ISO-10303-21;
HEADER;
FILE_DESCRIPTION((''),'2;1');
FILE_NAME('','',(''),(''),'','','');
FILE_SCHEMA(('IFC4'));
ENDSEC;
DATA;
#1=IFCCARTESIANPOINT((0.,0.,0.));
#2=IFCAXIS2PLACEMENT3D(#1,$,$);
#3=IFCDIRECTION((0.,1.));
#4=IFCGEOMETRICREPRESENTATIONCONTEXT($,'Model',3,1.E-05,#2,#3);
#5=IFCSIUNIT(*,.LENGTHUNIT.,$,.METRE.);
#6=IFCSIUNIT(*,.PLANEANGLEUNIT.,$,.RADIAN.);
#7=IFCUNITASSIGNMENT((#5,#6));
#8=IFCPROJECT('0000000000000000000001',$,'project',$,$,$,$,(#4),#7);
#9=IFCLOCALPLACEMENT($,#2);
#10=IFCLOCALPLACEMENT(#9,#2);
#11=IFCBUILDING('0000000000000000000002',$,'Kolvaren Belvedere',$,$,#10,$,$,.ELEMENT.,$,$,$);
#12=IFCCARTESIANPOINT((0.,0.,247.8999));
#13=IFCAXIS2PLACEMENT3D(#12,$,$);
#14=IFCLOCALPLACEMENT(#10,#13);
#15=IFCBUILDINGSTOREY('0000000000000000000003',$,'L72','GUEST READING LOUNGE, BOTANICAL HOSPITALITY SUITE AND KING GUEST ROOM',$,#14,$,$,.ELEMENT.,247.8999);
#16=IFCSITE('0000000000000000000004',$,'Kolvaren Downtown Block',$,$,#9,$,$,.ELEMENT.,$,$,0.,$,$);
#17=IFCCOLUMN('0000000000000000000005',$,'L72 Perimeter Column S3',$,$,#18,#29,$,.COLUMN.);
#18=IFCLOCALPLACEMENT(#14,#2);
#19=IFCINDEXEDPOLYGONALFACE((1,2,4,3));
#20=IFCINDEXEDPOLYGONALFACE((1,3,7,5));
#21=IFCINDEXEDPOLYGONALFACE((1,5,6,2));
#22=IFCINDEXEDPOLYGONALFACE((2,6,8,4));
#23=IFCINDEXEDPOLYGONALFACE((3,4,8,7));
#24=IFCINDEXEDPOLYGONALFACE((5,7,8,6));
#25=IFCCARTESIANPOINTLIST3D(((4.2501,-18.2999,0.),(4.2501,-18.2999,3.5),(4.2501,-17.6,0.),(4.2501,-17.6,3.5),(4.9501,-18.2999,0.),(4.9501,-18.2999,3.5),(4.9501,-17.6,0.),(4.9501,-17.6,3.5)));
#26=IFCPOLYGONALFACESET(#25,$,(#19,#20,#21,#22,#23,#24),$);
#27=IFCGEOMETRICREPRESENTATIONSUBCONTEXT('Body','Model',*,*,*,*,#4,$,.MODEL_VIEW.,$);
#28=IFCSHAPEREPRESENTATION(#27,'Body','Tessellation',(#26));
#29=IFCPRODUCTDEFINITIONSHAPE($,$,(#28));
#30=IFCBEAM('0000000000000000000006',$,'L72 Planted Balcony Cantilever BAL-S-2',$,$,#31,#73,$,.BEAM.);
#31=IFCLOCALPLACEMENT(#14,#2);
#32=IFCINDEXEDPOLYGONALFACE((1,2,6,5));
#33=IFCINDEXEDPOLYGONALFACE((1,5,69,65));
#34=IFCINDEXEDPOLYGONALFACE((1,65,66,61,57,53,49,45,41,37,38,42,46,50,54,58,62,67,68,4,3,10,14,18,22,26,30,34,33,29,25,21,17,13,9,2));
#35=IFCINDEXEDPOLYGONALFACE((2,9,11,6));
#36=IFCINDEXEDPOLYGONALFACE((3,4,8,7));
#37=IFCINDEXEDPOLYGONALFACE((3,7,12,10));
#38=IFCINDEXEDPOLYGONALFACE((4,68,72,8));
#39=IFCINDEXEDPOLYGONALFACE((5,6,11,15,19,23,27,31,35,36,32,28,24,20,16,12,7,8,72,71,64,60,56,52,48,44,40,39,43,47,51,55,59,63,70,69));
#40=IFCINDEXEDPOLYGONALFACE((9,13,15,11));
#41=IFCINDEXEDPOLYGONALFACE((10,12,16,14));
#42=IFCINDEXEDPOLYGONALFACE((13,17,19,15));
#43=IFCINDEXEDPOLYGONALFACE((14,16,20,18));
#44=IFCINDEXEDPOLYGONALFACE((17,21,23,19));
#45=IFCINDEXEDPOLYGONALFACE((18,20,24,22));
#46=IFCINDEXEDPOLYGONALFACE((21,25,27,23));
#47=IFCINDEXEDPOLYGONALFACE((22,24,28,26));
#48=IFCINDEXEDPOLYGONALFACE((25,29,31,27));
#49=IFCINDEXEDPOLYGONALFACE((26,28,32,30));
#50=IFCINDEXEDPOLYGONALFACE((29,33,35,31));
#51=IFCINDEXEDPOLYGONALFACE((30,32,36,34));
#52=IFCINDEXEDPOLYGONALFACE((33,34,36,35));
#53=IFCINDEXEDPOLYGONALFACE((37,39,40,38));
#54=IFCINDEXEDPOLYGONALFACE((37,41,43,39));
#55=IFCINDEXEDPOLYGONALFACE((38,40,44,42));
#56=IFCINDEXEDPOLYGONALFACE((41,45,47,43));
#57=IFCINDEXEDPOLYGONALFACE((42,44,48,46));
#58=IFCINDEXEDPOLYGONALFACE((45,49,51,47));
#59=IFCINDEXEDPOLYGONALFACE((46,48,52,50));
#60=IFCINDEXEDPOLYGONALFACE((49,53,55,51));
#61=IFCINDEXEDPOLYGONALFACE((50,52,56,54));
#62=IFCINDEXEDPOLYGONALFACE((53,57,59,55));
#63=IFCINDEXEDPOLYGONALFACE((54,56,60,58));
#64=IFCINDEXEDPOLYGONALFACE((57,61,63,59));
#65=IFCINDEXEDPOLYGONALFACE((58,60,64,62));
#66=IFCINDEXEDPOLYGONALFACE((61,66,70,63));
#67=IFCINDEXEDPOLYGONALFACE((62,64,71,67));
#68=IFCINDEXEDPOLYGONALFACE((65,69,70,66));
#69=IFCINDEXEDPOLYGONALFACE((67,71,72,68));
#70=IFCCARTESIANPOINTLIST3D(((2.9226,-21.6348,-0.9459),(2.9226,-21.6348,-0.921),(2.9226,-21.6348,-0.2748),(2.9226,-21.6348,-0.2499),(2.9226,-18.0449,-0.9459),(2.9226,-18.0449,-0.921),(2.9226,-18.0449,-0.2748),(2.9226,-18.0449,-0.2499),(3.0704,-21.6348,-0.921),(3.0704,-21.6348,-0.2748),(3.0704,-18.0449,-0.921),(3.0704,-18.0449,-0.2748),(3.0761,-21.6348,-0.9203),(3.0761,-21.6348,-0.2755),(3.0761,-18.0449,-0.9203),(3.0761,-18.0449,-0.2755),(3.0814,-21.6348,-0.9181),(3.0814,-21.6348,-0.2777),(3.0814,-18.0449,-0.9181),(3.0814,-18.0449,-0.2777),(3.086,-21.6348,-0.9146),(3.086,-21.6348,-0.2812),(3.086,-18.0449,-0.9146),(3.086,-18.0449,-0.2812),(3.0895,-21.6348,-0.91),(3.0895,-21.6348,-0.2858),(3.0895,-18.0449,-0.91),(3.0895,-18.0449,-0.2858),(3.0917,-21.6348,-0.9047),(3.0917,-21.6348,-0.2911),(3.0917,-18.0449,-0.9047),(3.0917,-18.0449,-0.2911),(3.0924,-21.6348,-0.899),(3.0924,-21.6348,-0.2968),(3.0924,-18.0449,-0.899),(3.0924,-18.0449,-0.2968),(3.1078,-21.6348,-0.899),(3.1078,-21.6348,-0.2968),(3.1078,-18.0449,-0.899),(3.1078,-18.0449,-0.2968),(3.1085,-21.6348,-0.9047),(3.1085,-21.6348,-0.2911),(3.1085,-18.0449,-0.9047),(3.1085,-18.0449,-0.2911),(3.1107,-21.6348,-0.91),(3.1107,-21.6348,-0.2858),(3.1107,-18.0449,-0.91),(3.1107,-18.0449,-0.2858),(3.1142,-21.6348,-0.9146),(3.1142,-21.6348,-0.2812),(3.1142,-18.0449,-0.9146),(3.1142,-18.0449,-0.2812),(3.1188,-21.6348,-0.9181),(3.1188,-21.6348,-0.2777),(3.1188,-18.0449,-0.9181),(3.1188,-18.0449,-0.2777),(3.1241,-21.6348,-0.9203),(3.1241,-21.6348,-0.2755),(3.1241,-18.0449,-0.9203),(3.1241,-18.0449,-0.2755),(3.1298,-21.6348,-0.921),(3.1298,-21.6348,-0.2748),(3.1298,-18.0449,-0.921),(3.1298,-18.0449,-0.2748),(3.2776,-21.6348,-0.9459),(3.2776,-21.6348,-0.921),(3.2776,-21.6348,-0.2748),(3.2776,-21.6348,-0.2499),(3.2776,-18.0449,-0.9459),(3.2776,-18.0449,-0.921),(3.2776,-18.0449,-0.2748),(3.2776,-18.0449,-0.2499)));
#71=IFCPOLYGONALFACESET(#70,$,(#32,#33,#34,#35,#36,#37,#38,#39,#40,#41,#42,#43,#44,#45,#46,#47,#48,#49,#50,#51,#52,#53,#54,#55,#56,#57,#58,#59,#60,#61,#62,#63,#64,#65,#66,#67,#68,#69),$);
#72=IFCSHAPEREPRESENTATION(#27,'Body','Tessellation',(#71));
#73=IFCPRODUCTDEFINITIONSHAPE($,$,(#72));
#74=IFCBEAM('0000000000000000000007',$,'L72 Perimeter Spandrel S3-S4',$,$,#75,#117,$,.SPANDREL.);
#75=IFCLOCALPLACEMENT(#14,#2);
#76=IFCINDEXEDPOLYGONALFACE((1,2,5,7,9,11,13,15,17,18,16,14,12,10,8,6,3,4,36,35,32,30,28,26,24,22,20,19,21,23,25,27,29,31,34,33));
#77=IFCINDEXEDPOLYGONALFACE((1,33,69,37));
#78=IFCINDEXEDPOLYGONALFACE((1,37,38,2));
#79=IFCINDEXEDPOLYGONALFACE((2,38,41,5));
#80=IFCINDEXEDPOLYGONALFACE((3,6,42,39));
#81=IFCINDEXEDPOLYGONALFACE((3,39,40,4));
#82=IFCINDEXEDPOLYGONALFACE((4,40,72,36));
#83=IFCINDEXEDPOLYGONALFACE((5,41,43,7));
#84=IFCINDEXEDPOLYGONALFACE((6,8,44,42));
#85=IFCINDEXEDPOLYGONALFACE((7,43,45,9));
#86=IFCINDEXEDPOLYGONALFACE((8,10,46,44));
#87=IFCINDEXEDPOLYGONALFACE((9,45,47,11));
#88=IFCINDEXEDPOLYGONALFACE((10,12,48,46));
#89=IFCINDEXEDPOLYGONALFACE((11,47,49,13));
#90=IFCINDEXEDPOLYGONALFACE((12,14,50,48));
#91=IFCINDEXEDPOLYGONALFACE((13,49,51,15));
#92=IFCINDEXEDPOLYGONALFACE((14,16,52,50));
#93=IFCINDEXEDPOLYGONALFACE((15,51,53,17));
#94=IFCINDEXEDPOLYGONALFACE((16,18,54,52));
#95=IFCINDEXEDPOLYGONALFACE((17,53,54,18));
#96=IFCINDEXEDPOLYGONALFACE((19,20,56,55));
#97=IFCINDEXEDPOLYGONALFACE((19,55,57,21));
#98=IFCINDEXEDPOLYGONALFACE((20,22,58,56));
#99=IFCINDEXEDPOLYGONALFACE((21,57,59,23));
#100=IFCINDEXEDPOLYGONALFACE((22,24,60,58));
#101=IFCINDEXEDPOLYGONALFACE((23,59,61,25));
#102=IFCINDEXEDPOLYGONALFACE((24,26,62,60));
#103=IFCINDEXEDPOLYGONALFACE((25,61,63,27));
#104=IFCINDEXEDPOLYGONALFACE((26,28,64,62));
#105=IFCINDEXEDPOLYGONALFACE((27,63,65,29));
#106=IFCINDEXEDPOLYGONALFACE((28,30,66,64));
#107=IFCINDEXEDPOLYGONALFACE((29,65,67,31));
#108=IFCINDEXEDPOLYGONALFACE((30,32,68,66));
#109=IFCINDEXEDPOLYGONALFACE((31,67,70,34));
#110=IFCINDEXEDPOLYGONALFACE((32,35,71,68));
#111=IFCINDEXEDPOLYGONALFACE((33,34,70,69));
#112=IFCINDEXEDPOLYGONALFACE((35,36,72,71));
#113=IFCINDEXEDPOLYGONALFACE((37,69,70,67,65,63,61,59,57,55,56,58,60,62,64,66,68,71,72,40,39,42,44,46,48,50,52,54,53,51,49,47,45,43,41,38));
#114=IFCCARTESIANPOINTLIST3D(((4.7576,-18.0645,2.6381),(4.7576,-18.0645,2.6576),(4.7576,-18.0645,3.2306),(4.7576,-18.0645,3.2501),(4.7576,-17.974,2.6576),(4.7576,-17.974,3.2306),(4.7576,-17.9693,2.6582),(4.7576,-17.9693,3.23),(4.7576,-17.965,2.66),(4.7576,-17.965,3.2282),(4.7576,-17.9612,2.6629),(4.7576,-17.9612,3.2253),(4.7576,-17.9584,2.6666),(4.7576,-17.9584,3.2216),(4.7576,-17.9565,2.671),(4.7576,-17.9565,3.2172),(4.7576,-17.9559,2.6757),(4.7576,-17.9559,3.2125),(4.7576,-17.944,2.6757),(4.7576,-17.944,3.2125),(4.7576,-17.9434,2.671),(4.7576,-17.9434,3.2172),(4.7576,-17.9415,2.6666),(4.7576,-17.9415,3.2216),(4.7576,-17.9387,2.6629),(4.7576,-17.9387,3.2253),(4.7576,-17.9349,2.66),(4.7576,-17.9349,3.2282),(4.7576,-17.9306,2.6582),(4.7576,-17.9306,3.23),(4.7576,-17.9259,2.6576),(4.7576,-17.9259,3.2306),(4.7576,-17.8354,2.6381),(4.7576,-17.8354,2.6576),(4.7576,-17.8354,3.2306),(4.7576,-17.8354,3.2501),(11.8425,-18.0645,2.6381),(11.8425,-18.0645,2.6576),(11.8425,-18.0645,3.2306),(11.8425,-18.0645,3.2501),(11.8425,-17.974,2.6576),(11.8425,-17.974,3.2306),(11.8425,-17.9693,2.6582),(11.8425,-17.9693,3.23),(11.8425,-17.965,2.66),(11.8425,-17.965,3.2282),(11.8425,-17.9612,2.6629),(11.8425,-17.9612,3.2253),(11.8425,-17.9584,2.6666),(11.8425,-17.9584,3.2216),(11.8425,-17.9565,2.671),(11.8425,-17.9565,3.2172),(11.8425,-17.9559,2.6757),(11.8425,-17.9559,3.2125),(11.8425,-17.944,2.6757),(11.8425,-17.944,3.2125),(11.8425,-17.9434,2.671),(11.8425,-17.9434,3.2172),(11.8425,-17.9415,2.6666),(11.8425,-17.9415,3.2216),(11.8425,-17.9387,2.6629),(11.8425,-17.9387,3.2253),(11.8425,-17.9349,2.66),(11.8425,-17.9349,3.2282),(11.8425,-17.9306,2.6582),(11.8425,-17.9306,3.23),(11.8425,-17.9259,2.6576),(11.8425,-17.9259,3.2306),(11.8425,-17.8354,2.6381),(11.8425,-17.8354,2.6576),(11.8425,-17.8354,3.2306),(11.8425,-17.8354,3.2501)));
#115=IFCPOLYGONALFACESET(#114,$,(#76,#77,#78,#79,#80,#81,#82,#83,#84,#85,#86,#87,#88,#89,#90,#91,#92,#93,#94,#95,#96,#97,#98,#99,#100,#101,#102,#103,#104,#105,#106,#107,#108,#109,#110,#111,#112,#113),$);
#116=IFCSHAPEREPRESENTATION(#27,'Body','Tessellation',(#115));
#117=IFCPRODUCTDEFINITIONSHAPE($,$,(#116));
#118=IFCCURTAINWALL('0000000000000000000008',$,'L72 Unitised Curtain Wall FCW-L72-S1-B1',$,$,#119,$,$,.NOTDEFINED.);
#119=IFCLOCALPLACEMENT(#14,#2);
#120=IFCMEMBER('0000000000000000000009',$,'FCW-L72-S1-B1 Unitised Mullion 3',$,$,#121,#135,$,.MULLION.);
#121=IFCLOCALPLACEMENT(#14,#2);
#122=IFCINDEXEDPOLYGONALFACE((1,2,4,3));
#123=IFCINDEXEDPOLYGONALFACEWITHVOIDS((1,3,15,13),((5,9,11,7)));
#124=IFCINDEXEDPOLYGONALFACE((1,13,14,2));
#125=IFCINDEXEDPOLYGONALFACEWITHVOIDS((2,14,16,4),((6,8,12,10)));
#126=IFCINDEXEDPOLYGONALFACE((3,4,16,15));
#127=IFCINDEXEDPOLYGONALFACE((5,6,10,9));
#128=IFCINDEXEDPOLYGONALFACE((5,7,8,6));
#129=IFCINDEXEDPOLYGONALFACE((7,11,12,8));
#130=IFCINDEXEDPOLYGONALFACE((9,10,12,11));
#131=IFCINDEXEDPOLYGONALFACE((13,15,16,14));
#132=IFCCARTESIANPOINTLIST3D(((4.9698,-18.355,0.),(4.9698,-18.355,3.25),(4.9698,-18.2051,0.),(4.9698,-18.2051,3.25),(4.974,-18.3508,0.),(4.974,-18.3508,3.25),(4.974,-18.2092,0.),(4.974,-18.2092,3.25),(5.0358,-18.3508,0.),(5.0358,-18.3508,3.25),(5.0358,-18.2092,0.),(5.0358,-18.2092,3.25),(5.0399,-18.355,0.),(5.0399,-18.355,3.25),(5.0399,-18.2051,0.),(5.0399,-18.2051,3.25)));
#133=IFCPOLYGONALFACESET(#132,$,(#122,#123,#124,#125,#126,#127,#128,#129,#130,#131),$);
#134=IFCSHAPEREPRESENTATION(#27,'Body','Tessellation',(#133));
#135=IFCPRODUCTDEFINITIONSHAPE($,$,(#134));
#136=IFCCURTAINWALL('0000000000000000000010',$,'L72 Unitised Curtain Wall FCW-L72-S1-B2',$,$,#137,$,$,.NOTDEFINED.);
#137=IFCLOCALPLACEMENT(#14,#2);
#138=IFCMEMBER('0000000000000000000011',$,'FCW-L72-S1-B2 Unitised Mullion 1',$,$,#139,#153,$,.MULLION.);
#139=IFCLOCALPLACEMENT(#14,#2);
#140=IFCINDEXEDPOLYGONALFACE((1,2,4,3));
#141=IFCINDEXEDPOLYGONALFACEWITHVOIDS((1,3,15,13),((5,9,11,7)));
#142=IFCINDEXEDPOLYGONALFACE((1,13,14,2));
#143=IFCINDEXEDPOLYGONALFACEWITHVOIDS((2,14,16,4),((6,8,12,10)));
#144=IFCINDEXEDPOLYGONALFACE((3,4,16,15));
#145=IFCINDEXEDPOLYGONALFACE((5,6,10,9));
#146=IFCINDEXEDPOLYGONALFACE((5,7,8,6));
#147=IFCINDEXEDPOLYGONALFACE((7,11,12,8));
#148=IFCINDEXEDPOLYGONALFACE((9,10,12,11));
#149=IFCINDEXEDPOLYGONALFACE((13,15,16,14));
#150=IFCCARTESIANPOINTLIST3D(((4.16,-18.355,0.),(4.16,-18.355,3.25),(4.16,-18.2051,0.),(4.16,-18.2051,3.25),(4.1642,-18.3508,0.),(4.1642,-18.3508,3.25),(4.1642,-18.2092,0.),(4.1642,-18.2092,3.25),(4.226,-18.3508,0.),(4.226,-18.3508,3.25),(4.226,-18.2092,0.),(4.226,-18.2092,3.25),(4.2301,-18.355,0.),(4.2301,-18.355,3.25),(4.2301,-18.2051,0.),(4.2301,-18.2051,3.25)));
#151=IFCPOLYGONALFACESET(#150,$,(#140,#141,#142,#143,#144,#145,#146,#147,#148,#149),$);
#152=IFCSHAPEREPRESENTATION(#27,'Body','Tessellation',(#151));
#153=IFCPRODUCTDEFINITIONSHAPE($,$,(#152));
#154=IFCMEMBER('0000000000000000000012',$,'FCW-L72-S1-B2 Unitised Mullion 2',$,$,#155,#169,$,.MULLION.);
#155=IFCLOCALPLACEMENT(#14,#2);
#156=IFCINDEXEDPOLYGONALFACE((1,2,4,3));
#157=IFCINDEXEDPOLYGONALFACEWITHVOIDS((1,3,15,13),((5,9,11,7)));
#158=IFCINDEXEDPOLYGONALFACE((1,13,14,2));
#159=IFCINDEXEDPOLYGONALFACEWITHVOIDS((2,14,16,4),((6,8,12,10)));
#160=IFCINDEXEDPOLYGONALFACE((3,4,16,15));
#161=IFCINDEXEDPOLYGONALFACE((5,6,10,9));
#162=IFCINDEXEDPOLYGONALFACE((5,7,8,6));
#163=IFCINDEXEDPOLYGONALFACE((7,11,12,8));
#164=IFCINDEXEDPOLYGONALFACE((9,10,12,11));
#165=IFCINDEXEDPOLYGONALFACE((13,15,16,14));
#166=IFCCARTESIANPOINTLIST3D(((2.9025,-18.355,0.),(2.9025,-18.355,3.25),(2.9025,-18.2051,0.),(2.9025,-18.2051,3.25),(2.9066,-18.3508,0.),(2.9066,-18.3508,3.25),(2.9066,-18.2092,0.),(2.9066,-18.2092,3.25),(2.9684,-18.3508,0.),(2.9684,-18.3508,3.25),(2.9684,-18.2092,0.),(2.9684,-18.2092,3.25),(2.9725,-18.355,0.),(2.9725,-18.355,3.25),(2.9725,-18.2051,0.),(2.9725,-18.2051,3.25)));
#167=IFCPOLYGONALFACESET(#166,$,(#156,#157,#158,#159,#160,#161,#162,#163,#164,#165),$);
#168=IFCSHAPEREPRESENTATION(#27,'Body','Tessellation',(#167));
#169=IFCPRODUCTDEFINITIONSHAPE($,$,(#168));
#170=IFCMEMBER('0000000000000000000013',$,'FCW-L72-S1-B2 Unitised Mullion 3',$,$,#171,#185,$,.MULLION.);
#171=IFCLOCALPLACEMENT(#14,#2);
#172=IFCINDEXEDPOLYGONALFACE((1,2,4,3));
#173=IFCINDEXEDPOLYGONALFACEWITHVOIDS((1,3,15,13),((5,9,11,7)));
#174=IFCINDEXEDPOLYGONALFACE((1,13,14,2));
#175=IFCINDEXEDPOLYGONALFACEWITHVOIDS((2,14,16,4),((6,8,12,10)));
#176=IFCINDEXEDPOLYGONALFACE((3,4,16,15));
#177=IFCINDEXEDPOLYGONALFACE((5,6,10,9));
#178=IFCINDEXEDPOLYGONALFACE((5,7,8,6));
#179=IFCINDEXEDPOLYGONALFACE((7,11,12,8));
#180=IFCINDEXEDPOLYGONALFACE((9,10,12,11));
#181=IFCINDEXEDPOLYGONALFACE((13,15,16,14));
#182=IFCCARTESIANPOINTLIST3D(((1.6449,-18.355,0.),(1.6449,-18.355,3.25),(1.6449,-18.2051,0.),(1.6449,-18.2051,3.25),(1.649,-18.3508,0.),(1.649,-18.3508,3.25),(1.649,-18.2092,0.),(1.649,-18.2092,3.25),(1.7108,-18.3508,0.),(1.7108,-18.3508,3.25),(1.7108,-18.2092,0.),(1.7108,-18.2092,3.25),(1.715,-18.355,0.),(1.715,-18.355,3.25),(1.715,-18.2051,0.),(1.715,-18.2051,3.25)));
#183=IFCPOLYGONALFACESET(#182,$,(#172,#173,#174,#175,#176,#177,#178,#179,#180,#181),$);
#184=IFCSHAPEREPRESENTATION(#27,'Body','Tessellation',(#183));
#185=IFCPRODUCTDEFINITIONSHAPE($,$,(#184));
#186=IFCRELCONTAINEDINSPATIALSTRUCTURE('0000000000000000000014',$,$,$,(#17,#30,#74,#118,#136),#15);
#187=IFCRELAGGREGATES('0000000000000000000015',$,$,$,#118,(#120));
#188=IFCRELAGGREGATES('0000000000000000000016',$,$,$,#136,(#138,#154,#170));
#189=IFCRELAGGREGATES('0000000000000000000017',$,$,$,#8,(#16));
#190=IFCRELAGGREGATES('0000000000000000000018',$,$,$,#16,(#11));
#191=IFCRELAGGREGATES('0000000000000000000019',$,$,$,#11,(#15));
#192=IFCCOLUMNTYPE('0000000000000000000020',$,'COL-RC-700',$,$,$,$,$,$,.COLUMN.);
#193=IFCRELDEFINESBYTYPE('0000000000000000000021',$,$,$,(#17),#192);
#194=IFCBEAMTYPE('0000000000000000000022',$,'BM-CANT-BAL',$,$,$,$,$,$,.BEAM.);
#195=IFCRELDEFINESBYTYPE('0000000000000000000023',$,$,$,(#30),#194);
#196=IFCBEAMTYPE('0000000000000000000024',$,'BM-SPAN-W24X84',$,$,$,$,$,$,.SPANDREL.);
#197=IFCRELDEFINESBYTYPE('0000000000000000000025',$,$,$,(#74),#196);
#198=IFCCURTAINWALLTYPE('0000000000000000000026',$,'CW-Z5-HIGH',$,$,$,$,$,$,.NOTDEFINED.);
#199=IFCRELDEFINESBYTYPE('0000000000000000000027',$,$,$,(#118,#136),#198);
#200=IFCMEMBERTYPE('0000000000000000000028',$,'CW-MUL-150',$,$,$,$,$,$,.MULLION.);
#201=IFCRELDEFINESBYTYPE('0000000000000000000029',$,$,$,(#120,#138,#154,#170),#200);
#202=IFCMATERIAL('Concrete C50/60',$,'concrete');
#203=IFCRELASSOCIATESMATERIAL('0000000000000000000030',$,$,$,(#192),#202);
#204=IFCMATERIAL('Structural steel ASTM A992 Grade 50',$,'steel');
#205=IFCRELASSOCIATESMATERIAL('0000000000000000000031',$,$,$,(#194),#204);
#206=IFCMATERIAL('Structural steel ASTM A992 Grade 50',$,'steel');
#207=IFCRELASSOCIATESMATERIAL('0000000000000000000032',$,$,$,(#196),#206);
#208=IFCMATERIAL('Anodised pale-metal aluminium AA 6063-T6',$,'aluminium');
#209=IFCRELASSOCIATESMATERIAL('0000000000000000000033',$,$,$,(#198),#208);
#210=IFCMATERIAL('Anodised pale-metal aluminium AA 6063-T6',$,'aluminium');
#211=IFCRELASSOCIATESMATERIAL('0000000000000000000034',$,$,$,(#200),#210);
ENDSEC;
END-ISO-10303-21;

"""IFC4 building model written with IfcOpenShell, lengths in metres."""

from ifc_helpers import new_model, si_unit, direction, frame, origin, origin_2d, place, context, subcontext, project, spatial, rectangle, hollow_rectangle, i_section, extrude, material, material_profile, profile_set, type_object, element, aggregate, save


model = new_model("IFC4")

# Units and contexts
model_context = context("Model", 3, precision=1e-05, world=origin(), true_north=direction((0.0, 1.0)))
body_context = subcontext(model_context, "Body", "Model", "MODEL_VIEW")
ifc_project = project(units=[si_unit("LENGTHUNIT", "METRE"), si_unit("PLANEANGLEUNIT", "RADIAN")], contexts=[model_context])

# Site, building, storey
site_placement = place(None, origin())
site = spatial("IfcSite", under=ifc_project, at=site_placement, Name="Kolvaren Downtown Block", CompositionType="ELEMENT", RefElevation=0.0)
building_placement = place(site_placement, origin())
building = spatial("IfcBuilding", under=site, at=building_placement, Name="Kolvaren Belvedere", CompositionType="ELEMENT")
storey_placement = place(building_placement, frame((0.0, 0.0, 247.8999)))
storey = spatial("IfcBuildingStorey", under=building, at=storey_placement, Name="L72", Description="GUEST READING LOUNGE, BOTANICAL HOSPITALITY SUITE AND KING GUEST ROOM", CompositionType="ELEMENT", Elevation=247.8999)

# Column
ifc_material_1 = material(Name="Concrete C50/60", Category="concrete")
ifc_material_profile_1 = material_profile(ifc_material_1, rectangle(XDim=0.7, YDim=0.7, at=origin_2d()), Name="RC 700X700")
ifc_profile_set_1 = profile_set([ifc_material_profile_1], Name="Concrete C50/60")
column_type = type_object("IfcColumnType", Name="COL-RC-700", PredefinedType="COLUMN", material=ifc_profile_set_1)
column_placement = place(storey_placement, frame((4.6001, -17.95, 0.0), z_axis=(0.0, 0.0, 1.0), x_axis=(1.0, 0.0, 0.0)))
element("IfcColumn", 1, at=column_placement, inside=storey, type_object=column_type, Name="L72 Perimeter Column S3", PredefinedType="COLUMN", context=body_context, shape_type="SweptSolid", body=[
    extrude(rectangle(XDim=0.7, YDim=0.7, at=origin_2d()), origin(), (0.0, 0.0, 1.0), 3.5),
])

# Beams
ifc_material_2 = material(Name="Structural steel ASTM A992 Grade 50", Category="steel")
ifc_material_profile_2 = material_profile(ifc_material_2, i_section(OverallWidth=0.355, OverallDepth=0.696, WebThickness=0.0154, FlangeThickness=0.0249, FilletRadius=0.022, at=origin_2d()), Name="W27X146")
ifc_profile_set_2 = profile_set([ifc_material_profile_2], Name="Structural steel ASTM A992 Grade 50")
beam_type_1 = type_object("IfcBeamType", Name="BM-CANT-BAL", PredefinedType="BEAM", material=ifc_profile_set_2)
beam_1_placement = place(storey_placement, frame((3.1001, -18.0449, -0.5979), z_axis=(0.0, -1.0, 0.0), x_axis=(1.0, 0.0, 0.0)))
element("IfcBeam", 2, at=beam_1_placement, inside=storey, type_object=beam_type_1, Name="L72 Planted Balcony Cantilever BAL-S-2", PredefinedType="BEAM", context=body_context, shape_type="SweptSolid", body=[
    extrude(i_section(OverallWidth=0.355, OverallDepth=0.696, WebThickness=0.0154, FlangeThickness=0.0249, FilletRadius=0.022, at=origin_2d()), origin(), (0.0, 0.0, 1.0), 3.5898),
])
ifc_material_3 = material(Name="Structural steel ASTM A992 Grade 50", Category="steel")
ifc_material_profile_3 = material_profile(ifc_material_3, i_section(OverallWidth=0.229, OverallDepth=0.6121, WebThickness=0.012, FlangeThickness=0.0195, FilletRadius=0.0181, at=origin_2d()), Name="W24X84")
ifc_profile_set_3 = profile_set([ifc_material_profile_3], Name="Structural steel ASTM A992 Grade 50")
beam_type_2 = type_object("IfcBeamType", Name="BM-SPAN-W24X84", PredefinedType="SPANDREL", material=ifc_profile_set_3)
beam_2_placement = place(storey_placement, frame((4.7576, -17.95, 2.9441), z_axis=(1.0, 0.0, 0.0), x_axis=(0.0, 1.0, 0.0)))
element("IfcBeam", 3, at=beam_2_placement, inside=storey, type_object=beam_type_2, Name="L72 Perimeter Spandrel S3-S4", PredefinedType="SPANDREL", context=body_context, shape_type="SweptSolid", body=[
    extrude(i_section(OverallWidth=0.229, OverallDepth=0.6121, WebThickness=0.012, FlangeThickness=0.0195, FilletRadius=0.0181, at=origin_2d()), origin(), (0.0, 0.0, 1.0), 7.085),
])

# Curtain wall, member
ifc_material_4 = material(Name="Anodised pale-metal aluminium AA 6063-T6", Category="aluminium")
curtain_wall_type = type_object("IfcCurtainWallType", Name="CW-Z5-HIGH", PredefinedType="NOTDEFINED", material=ifc_material_4)
curtain_wall_1_placement = place(storey_placement, origin())
curtain_wall_1 = element("IfcCurtainWall", 4, at=curtain_wall_1_placement, inside=storey, type_object=curtain_wall_type, Name="L72 Unitised Curtain Wall FCW-L72-S1-B1", PredefinedType="NOTDEFINED")
ifc_material_5 = material(Name="Anodised pale-metal aluminium AA 6063-T6", Category="aluminium")
ifc_material_profile_4 = material_profile(ifc_material_5, hollow_rectangle(XDim=0.0701, YDim=0.1499, WallThickness=0.0042, at=origin_2d()), Name="ALU-MUL-150X70")
ifc_profile_set_4 = profile_set([ifc_material_profile_4], Name="Anodised pale-metal aluminium AA 6063-T6")
member_type_1 = type_object("IfcMemberType", Name="CW-MUL-150", PredefinedType="MULLION", material=ifc_profile_set_4)
member_1_placement = place(storey_placement, frame((5.0049, -18.28, 0.0), z_axis=(0.0, 0.0, 1.0), x_axis=(1.0, 0.0, 0.0)))
member_1 = element("IfcMember", 5, at=member_1_placement, type_object=member_type_1, Name="FCW-L72-S1-B1 Unitised Mullion 3", PredefinedType="MULLION", context=body_context, shape_type="SweptSolid", body=[
    extrude(hollow_rectangle(XDim=0.0701, YDim=0.1499, WallThickness=0.0042, at=origin_2d()), origin(), (0.0, 0.0, 1.0), 3.25),
])
aggregate(curtain_wall_1, [member_1])

# Curtain wall, members
curtain_wall_2_placement = place(storey_placement, origin())
curtain_wall_2 = element("IfcCurtainWall", 6, at=curtain_wall_2_placement, inside=storey, type_object=curtain_wall_type, Name="L72 Unitised Curtain Wall FCW-L72-S1-B2", PredefinedType="NOTDEFINED")
member_2_placement = place(storey_placement, frame((4.1951, -18.28, 0.0), z_axis=(0.0, 0.0, 1.0), x_axis=(1.0, 0.0, 0.0)))
member_2 = element("IfcMember", 7, at=member_2_placement, type_object=member_type_1, Name="FCW-L72-S1-B2 Unitised Mullion 1", PredefinedType="MULLION", context=body_context, shape_type="SweptSolid", body=[
    extrude(hollow_rectangle(XDim=0.0701, YDim=0.1499, WallThickness=0.0042, at=origin_2d()), origin(), (0.0, 0.0, 1.0), 3.25),
])
member_3_placement = place(storey_placement, frame((2.9375, -18.28, 0.0), z_axis=(0.0, 0.0, 1.0), x_axis=(1.0, 0.0, 0.0)))
member_3 = element("IfcMember", 8, at=member_3_placement, type_object=member_type_1, Name="FCW-L72-S1-B2 Unitised Mullion 2", PredefinedType="MULLION", context=body_context, shape_type="SweptSolid", body=[
    extrude(hollow_rectangle(XDim=0.0701, YDim=0.1499, WallThickness=0.0042, at=origin_2d()), origin(), (0.0, 0.0, 1.0), 3.25),
])
member_4_placement = place(storey_placement, frame((1.6799, -18.28, 0.0), z_axis=(0.0, 0.0, 1.0), x_axis=(1.0, 0.0, 0.0)))
member_4 = element("IfcMember", 9, at=member_4_placement, type_object=member_type_1, Name="FCW-L72-S1-B2 Unitised Mullion 3", PredefinedType="MULLION", context=body_context, shape_type="SweptSolid", body=[
    extrude(hollow_rectangle(XDim=0.0701, YDim=0.1499, WallThickness=0.0042, at=origin_2d()), origin(), (0.0, 0.0, 1.0), 3.25),
])

aggregate(curtain_wall_2, [member_2, member_3, member_4])

save(model, "model.ifc")
